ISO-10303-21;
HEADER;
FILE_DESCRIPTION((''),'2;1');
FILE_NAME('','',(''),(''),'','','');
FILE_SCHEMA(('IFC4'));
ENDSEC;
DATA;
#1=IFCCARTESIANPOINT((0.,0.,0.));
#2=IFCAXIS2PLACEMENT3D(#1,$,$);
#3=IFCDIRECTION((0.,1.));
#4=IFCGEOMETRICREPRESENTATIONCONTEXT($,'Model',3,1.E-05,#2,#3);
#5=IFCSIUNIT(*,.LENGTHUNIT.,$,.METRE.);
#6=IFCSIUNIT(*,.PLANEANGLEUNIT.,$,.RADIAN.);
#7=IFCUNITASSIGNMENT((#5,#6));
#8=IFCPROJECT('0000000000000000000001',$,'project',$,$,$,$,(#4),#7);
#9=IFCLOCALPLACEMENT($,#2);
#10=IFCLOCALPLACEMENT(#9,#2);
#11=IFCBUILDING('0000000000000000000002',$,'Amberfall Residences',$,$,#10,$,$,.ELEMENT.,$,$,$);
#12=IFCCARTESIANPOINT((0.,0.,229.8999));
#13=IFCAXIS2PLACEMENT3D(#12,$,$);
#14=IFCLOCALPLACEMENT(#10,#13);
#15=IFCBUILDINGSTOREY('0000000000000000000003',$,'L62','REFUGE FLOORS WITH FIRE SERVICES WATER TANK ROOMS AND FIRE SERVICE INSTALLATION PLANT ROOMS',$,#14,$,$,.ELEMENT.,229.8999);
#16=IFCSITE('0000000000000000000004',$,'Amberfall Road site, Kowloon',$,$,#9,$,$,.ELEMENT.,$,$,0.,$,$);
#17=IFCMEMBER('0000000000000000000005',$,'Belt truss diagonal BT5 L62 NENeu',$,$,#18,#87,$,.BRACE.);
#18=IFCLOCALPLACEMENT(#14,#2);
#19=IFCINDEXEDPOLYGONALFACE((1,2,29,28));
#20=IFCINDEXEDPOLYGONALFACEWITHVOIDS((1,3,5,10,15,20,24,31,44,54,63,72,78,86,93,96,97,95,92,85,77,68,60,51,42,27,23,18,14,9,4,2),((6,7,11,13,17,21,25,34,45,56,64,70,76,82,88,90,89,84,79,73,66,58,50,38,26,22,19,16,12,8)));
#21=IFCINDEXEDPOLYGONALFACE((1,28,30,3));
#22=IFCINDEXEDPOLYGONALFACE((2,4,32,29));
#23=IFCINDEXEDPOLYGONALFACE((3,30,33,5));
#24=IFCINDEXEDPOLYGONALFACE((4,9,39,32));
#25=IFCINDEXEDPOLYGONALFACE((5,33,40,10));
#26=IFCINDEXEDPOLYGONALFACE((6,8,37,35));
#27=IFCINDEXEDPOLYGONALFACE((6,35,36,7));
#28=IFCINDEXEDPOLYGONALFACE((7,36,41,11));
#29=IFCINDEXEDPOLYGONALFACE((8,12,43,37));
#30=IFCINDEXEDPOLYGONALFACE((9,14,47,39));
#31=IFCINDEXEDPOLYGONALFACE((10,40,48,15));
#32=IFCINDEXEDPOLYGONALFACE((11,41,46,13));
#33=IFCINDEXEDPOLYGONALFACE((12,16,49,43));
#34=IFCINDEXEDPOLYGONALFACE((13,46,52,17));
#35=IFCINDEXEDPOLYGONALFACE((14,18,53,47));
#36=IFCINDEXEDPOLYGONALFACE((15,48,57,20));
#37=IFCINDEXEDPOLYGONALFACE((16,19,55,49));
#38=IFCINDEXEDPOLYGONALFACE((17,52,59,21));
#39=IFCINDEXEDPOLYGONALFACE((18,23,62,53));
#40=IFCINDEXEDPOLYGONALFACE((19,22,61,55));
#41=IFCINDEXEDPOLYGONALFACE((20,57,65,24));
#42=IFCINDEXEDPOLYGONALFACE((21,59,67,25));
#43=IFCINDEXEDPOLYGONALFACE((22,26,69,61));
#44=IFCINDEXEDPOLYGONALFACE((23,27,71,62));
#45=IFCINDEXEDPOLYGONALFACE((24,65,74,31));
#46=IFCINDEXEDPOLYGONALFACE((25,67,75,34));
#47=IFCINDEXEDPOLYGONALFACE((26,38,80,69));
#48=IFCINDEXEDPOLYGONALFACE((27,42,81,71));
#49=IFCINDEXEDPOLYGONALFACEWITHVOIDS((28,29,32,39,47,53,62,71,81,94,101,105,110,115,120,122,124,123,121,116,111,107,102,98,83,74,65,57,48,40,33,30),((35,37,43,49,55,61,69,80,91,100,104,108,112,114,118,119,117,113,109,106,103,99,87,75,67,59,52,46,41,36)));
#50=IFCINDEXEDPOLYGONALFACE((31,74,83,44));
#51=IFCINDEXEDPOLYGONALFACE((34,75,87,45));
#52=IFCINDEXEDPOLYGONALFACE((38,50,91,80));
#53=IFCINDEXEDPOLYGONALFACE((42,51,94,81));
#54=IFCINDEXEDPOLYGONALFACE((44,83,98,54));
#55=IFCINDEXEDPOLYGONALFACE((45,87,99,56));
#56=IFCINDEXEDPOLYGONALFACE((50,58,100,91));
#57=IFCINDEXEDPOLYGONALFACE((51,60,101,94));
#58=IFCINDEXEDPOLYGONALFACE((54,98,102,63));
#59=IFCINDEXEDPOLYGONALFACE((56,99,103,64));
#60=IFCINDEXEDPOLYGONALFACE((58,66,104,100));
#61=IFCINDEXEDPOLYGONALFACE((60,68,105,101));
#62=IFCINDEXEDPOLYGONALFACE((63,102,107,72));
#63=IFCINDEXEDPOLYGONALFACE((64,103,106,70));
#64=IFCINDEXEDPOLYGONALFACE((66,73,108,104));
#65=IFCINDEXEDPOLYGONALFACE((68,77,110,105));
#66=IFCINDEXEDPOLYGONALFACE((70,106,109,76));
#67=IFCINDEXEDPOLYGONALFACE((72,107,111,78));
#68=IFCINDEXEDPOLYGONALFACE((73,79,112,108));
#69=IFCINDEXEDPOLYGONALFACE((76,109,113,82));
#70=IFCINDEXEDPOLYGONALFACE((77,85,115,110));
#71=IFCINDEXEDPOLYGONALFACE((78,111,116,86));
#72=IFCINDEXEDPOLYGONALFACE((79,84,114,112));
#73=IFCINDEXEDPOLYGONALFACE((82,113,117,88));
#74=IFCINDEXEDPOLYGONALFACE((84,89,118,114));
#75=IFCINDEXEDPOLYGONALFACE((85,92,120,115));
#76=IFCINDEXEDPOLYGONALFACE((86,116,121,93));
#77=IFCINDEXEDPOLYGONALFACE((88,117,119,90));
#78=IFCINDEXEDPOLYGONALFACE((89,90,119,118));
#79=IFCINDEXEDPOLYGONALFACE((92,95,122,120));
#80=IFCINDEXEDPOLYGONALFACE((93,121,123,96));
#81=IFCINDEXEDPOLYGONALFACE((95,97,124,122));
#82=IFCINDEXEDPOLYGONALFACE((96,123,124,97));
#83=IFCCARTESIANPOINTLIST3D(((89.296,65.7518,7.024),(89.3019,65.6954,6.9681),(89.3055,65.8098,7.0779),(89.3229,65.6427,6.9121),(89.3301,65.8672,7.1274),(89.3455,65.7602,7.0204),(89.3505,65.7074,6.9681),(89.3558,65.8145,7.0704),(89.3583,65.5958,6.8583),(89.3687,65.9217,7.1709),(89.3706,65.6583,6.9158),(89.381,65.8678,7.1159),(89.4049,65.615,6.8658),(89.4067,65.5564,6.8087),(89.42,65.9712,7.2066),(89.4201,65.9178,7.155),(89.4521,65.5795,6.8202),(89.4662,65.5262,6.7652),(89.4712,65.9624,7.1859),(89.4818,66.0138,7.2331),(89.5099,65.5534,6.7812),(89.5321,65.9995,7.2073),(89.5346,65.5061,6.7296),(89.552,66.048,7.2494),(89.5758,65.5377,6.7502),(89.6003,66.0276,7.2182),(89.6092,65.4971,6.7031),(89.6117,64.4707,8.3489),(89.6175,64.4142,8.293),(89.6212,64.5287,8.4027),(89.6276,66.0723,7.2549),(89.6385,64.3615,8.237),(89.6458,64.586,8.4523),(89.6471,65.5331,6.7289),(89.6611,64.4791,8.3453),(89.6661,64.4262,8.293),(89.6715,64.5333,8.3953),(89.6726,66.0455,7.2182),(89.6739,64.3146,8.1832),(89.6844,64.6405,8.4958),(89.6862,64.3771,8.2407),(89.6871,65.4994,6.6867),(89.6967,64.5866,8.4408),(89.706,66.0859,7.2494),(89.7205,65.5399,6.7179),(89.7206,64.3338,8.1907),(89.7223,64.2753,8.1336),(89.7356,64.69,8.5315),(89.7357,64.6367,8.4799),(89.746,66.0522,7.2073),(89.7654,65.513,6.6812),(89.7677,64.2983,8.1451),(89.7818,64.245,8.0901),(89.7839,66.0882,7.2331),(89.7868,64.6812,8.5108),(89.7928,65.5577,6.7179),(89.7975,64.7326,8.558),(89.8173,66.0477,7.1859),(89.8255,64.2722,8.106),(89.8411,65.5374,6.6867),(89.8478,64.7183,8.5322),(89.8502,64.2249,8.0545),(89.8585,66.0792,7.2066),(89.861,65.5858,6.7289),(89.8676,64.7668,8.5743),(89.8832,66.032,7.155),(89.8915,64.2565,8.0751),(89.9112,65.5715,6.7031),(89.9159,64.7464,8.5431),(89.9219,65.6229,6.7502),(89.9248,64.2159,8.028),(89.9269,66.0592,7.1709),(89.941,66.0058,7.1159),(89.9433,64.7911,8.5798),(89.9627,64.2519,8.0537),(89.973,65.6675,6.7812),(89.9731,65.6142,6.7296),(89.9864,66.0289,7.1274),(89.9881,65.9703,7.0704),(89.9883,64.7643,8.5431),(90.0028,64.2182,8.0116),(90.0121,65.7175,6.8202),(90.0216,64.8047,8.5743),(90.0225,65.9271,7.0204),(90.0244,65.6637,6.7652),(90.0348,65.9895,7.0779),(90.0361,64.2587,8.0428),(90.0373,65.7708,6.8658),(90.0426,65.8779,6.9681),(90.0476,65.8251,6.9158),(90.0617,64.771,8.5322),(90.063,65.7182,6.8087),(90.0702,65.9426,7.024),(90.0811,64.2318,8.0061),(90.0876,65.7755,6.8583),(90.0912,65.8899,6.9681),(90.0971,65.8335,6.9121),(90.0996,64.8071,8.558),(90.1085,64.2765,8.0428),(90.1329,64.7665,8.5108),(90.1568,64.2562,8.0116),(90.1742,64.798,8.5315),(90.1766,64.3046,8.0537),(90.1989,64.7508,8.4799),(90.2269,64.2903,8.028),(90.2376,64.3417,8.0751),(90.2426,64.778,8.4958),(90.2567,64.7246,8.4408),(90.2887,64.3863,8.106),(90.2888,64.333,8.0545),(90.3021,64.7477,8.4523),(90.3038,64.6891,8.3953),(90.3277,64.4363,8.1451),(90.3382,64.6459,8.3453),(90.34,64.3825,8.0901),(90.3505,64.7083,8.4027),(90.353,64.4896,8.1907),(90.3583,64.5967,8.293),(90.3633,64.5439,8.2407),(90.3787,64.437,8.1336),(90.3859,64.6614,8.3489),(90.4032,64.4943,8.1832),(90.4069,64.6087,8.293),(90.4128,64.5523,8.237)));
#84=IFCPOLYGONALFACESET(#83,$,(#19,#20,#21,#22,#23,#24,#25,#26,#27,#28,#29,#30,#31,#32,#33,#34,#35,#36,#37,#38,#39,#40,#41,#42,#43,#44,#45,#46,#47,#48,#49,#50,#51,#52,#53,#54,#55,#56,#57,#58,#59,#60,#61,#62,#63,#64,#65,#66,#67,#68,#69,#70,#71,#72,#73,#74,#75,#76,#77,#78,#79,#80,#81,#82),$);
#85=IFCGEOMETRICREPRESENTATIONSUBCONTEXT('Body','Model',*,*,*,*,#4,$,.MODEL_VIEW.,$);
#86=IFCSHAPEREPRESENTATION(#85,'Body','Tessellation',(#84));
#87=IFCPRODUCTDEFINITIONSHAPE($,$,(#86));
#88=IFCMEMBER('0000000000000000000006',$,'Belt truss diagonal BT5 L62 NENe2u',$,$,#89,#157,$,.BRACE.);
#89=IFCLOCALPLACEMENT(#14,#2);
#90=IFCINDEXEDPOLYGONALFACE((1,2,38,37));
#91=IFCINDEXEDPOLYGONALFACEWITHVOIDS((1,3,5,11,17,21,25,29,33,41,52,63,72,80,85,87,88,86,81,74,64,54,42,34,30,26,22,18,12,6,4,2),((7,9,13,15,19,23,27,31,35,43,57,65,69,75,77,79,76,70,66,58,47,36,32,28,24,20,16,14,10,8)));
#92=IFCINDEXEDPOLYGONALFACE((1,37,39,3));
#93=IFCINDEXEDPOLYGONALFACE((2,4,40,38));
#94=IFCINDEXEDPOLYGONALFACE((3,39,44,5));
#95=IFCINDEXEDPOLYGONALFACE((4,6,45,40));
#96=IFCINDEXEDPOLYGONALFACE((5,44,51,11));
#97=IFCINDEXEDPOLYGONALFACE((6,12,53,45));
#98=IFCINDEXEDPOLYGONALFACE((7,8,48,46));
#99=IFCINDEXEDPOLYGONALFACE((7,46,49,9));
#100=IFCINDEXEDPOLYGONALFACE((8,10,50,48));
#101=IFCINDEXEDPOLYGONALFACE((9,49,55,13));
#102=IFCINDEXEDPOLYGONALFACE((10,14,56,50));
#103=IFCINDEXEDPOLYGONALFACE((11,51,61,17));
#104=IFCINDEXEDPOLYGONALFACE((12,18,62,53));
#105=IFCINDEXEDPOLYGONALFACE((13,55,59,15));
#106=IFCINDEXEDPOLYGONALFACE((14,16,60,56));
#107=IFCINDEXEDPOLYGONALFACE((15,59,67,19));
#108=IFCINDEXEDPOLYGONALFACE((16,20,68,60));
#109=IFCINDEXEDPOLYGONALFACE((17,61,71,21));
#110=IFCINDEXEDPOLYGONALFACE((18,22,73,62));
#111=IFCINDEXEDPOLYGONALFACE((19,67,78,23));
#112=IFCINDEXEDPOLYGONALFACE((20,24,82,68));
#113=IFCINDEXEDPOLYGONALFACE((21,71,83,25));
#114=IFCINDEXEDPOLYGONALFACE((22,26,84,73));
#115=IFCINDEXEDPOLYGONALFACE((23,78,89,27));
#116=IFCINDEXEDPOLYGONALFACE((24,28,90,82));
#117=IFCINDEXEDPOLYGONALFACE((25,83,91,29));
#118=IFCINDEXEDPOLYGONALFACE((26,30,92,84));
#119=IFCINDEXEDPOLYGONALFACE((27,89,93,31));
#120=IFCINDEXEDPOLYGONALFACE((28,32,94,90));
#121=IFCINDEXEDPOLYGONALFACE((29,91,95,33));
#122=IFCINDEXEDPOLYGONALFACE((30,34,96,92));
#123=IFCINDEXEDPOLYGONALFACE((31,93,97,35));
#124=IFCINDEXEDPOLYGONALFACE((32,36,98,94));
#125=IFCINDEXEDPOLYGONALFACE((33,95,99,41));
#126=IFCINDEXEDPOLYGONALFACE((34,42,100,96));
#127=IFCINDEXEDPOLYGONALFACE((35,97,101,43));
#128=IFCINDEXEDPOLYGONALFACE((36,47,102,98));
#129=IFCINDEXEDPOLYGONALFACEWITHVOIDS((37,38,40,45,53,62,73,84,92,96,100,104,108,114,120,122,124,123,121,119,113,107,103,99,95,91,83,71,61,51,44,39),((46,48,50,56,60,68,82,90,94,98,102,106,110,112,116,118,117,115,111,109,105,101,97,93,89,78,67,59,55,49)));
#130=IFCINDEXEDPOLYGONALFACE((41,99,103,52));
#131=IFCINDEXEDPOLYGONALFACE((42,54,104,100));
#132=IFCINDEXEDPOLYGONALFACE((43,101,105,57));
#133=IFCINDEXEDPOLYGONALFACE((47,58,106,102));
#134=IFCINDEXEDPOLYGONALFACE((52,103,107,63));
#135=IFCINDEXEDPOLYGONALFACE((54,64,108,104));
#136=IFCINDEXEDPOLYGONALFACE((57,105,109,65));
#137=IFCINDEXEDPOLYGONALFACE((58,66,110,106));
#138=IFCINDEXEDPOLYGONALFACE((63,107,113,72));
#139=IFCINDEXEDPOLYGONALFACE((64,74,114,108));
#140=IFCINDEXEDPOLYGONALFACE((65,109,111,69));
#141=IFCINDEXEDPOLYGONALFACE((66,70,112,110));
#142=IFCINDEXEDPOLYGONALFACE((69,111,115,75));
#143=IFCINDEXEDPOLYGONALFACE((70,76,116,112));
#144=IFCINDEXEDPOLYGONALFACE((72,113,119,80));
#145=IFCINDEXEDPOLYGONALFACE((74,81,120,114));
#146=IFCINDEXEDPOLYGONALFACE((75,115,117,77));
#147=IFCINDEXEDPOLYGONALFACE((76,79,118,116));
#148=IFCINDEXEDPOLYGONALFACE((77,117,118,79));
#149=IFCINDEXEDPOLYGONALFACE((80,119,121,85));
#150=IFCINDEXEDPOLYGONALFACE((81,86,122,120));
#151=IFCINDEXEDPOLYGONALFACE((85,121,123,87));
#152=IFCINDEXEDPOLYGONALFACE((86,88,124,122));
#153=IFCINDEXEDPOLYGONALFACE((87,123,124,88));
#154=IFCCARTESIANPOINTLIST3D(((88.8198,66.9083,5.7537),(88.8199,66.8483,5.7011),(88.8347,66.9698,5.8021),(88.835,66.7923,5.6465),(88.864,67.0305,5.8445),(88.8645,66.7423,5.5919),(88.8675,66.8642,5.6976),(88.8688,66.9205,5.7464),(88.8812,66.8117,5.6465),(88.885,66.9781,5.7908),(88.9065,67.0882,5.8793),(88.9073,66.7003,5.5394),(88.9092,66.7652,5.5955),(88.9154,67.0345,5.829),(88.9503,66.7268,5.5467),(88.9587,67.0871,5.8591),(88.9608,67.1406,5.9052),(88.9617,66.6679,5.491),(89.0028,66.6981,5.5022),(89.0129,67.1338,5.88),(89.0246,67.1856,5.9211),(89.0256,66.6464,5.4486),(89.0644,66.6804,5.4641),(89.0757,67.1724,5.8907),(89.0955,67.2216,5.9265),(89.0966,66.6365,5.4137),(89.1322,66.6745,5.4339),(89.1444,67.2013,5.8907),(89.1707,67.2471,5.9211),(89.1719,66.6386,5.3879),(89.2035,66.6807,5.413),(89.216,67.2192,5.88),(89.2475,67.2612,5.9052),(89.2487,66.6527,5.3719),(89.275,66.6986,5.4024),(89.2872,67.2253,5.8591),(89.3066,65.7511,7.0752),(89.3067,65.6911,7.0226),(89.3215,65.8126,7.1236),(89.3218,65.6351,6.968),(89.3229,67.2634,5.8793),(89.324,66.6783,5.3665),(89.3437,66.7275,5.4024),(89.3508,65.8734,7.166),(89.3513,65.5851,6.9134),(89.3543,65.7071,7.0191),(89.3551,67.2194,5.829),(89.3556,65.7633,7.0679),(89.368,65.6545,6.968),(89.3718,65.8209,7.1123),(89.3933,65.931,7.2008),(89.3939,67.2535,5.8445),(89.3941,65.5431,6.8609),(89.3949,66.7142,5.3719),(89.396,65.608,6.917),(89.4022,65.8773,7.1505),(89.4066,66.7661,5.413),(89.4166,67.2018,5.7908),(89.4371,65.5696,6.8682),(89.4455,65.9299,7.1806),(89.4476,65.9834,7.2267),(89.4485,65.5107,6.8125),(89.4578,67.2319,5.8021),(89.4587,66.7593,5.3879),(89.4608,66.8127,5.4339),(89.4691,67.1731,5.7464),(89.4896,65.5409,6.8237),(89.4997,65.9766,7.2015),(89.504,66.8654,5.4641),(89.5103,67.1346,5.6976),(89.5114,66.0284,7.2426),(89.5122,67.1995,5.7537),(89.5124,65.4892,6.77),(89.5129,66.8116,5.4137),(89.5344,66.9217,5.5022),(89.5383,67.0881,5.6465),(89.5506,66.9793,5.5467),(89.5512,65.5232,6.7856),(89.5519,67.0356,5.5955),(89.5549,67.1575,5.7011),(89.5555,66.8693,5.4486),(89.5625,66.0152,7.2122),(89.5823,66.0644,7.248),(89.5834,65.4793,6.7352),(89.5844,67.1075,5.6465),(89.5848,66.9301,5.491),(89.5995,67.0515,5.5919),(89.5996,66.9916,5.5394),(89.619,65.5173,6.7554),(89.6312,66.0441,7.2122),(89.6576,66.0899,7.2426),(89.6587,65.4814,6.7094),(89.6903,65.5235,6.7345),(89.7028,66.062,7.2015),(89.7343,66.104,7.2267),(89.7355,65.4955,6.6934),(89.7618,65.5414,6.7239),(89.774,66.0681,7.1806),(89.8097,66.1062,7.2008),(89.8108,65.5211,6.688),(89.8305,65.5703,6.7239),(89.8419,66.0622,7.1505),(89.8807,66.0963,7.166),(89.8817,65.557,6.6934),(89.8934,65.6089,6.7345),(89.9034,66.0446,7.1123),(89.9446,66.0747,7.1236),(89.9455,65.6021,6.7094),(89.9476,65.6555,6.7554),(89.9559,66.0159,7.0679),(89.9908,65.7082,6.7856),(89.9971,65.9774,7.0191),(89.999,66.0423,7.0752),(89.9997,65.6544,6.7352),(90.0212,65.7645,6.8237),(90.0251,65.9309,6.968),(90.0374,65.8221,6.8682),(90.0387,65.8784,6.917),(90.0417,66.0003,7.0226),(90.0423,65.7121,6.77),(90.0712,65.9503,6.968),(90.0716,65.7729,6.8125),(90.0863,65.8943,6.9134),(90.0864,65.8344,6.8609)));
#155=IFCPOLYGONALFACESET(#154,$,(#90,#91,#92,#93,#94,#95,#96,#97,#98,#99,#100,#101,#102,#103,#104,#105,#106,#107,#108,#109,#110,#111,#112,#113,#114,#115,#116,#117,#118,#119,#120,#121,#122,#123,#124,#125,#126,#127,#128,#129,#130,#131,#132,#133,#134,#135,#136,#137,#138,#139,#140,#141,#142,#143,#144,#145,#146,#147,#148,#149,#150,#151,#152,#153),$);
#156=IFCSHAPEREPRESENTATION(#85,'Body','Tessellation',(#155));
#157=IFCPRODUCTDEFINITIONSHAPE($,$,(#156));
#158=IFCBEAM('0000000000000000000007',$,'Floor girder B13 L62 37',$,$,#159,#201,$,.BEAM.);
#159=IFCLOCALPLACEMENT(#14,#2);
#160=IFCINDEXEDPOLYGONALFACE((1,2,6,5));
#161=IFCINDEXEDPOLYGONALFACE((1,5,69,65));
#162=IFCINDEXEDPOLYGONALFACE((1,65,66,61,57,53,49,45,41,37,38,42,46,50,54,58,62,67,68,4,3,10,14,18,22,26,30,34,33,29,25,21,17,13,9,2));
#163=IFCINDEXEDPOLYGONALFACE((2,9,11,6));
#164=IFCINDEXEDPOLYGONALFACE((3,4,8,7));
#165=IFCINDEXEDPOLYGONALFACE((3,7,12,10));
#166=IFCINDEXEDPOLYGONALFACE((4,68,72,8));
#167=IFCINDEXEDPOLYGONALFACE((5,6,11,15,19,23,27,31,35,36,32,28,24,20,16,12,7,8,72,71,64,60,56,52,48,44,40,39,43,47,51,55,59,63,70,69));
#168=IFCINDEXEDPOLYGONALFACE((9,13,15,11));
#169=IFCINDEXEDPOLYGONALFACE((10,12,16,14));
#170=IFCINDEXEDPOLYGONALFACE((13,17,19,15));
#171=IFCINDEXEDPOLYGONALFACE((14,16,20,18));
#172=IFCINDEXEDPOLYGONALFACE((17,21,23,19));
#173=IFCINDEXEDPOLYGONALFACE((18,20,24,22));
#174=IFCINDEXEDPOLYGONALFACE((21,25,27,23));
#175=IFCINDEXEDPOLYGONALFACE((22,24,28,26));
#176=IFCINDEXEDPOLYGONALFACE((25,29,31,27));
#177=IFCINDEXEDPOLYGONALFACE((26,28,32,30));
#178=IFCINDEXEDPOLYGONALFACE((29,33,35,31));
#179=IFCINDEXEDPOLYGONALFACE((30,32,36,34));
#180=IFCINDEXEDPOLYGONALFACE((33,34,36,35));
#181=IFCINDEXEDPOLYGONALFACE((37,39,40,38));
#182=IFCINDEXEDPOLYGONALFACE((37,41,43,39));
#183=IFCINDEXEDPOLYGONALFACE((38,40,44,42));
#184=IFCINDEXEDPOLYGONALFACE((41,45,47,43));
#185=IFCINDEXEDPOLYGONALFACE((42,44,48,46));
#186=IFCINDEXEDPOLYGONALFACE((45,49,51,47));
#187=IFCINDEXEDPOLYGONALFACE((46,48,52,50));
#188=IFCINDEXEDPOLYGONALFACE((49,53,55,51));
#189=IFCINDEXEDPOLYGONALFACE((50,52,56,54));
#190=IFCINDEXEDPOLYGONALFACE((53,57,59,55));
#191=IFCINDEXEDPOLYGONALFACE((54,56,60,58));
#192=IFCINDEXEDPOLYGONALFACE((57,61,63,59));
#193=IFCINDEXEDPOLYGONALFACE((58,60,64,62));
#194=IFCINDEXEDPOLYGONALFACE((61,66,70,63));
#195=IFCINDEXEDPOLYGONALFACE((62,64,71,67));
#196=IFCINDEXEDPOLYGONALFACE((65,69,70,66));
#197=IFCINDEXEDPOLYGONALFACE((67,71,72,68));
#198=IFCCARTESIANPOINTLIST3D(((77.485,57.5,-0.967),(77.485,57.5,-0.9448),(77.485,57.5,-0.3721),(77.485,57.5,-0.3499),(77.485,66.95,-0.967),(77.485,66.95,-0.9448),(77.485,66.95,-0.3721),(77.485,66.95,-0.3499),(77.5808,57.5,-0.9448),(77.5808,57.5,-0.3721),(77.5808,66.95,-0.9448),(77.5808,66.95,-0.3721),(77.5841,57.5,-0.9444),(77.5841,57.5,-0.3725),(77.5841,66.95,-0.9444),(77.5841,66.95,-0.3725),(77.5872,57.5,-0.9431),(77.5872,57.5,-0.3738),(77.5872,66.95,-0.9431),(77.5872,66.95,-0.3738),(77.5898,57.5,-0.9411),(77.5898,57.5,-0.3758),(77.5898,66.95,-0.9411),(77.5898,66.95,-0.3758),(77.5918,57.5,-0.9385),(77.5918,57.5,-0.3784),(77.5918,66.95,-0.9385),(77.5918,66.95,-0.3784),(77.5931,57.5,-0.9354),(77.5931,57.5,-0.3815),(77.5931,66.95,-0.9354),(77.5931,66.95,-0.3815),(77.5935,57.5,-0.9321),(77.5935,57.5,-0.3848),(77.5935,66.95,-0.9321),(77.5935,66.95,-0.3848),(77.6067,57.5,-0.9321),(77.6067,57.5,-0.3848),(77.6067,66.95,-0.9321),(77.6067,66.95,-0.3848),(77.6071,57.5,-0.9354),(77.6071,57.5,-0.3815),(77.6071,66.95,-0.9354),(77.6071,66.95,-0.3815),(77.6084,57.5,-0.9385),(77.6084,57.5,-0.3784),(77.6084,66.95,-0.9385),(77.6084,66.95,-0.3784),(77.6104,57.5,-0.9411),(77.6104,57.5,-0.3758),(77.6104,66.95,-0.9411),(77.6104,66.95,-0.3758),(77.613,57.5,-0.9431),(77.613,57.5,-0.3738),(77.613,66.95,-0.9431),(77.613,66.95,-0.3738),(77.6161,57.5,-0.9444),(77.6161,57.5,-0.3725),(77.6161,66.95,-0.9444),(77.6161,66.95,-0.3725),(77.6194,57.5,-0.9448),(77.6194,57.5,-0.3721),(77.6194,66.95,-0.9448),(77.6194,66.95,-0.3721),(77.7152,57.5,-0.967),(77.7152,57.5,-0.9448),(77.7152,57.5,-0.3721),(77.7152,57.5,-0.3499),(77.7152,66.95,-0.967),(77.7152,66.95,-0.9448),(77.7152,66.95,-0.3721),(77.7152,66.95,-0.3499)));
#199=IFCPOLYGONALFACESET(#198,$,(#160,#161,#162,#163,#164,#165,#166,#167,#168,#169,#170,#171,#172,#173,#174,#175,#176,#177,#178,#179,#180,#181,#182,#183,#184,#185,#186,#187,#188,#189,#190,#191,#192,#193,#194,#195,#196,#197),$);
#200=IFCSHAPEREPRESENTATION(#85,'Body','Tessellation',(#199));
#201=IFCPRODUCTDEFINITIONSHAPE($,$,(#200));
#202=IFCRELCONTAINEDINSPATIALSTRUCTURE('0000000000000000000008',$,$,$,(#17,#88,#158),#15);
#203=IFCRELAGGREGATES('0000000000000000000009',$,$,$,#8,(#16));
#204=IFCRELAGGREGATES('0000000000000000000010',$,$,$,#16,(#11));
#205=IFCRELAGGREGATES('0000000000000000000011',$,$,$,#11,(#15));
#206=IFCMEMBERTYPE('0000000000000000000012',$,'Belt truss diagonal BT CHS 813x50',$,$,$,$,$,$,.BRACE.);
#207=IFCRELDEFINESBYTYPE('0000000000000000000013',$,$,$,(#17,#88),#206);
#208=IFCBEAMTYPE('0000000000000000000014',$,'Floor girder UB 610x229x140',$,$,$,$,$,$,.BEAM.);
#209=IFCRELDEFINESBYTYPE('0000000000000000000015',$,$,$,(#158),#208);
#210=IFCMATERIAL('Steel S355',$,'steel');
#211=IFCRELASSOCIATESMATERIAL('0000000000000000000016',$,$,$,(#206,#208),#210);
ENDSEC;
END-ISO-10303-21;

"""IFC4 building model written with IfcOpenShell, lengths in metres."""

from ifc_helpers import new_model, si_unit, direction, frame, origin, origin_2d, place, context, subcontext, project, spatial, hollow_circle, i_section, extrude, material, material_profile, profile_set, type_object, element, save


model = new_model("IFC4")

# Units and contexts
model_context = context("Model", 3, precision=1e-05, world=origin(), true_north=direction((0.0, 1.0)))
body_context = subcontext(model_context, "Body", "Model", "MODEL_VIEW")
ifc_project = project(units=[si_unit("LENGTHUNIT", "METRE"), si_unit("PLANEANGLEUNIT", "RADIAN")], contexts=[model_context])

# Site, building, storey
site_placement = place(None, origin())
site = spatial("IfcSite", under=ifc_project, at=site_placement, Name="Amberfall Road site, Kowloon", CompositionType="ELEMENT", RefElevation=0.0)
building_placement = place(site_placement, origin())
building = spatial("IfcBuilding", under=site, at=building_placement, Name="Amberfall Residences", CompositionType="ELEMENT")
storey_placement = place(building_placement, frame((0.0, 0.0, 229.8999)))
storey = spatial("IfcBuildingStorey", under=building, at=storey_placement, Name="L62", Description="REFUGE FLOORS WITH FIRE SERVICES WATER TANK ROOMS AND FIRE SERVICE INSTALLATION PLANT ROOMS", CompositionType="ELEMENT", Elevation=229.8999)

# Shared definitions
ifc_material_1 = material(Name="Steel S355", Category="steel")

# Members
ifc_material_profile_1 = material_profile(ifc_material_1, hollow_circle(Radius=0.4065, WallThickness=0.05, at=origin_2d()), Name="CHS 813x50")
ifc_profile_set_1 = profile_set([ifc_material_profile_1], Name="Steel S355")
member_type_1 = type_object("IfcMemberType", Name="Belt truss diagonal BT CHS 813x50", PredefinedType="BRACE", material=ifc_profile_set_1)
member_1_placement = place(storey_placement, frame((90.0122, 64.5115, 8.293), z_axis=(-0.168813, 0.685175, -0.708546), x_axis=(-0.970964, -0.239226, 0.0)))
element("IfcMember", 1, at=member_1_placement, inside=storey, type_object=member_type_1, Name="Belt truss diagonal BT5 L62 NENeu", PredefinedType="BRACE", context=body_context, shape_type="SweptSolid", body=[
    extrude(hollow_circle(Radius=0.4065, WallThickness=0.05, at=origin_2d()), origin(), (0.0, 0.0, 1.0), 1.8699),
])
member_2_placement = place(storey_placement, frame((89.6965, 65.7927, 6.968), z_axis=(-0.26707, 0.634861, -0.725), x_axis=(-0.92176, -0.387761, 0.0)))
element("IfcMember", 2, at=member_2_placement, inside=storey, type_object=member_type_1, Name="Belt truss diagonal BT5 L62 NENe2u", PredefinedType="BRACE", context=body_context, shape_type="SweptSolid", body=[
    extrude(hollow_circle(Radius=0.4065, WallThickness=0.05, at=origin_2d()), origin(), (0.0, 0.0, 1.0), 1.8228),
])

# Beam
ifc_material_profile_2 = material_profile(ifc_material_1, i_section(OverallWidth=0.2302, OverallDepth=0.6172, WebThickness=0.0132, FlangeThickness=0.0222, FilletRadius=0.0127, at=origin_2d()), Name="UB 610x229x140")
ifc_profile_set_2 = profile_set([ifc_material_profile_2], Name="Steel S355")
beam_type_1 = type_object("IfcBeamType", Name="Floor girder UB 610x229x140", PredefinedType="BEAM", material=ifc_profile_set_2)
beam_1_placement = place(storey_placement, frame((77.6001, 66.95, -0.6584), z_axis=(0.0, -1.0, 0.0), x_axis=(1.0, 0.0, 0.0)))
element("IfcBeam", 3, at=beam_1_placement, inside=storey, type_object=beam_type_1, Name="Floor girder B13 L62 37", PredefinedType="BEAM", context=body_context, shape_type="SweptSolid", body=[
    extrude(i_section(OverallWidth=0.2302, OverallDepth=0.6172, WebThickness=0.0132, FlangeThickness=0.0222, FilletRadius=0.0127, at=origin_2d()), origin(), (0.0, 0.0, 1.0), 9.45),
])

save(model, "model.ifc")
